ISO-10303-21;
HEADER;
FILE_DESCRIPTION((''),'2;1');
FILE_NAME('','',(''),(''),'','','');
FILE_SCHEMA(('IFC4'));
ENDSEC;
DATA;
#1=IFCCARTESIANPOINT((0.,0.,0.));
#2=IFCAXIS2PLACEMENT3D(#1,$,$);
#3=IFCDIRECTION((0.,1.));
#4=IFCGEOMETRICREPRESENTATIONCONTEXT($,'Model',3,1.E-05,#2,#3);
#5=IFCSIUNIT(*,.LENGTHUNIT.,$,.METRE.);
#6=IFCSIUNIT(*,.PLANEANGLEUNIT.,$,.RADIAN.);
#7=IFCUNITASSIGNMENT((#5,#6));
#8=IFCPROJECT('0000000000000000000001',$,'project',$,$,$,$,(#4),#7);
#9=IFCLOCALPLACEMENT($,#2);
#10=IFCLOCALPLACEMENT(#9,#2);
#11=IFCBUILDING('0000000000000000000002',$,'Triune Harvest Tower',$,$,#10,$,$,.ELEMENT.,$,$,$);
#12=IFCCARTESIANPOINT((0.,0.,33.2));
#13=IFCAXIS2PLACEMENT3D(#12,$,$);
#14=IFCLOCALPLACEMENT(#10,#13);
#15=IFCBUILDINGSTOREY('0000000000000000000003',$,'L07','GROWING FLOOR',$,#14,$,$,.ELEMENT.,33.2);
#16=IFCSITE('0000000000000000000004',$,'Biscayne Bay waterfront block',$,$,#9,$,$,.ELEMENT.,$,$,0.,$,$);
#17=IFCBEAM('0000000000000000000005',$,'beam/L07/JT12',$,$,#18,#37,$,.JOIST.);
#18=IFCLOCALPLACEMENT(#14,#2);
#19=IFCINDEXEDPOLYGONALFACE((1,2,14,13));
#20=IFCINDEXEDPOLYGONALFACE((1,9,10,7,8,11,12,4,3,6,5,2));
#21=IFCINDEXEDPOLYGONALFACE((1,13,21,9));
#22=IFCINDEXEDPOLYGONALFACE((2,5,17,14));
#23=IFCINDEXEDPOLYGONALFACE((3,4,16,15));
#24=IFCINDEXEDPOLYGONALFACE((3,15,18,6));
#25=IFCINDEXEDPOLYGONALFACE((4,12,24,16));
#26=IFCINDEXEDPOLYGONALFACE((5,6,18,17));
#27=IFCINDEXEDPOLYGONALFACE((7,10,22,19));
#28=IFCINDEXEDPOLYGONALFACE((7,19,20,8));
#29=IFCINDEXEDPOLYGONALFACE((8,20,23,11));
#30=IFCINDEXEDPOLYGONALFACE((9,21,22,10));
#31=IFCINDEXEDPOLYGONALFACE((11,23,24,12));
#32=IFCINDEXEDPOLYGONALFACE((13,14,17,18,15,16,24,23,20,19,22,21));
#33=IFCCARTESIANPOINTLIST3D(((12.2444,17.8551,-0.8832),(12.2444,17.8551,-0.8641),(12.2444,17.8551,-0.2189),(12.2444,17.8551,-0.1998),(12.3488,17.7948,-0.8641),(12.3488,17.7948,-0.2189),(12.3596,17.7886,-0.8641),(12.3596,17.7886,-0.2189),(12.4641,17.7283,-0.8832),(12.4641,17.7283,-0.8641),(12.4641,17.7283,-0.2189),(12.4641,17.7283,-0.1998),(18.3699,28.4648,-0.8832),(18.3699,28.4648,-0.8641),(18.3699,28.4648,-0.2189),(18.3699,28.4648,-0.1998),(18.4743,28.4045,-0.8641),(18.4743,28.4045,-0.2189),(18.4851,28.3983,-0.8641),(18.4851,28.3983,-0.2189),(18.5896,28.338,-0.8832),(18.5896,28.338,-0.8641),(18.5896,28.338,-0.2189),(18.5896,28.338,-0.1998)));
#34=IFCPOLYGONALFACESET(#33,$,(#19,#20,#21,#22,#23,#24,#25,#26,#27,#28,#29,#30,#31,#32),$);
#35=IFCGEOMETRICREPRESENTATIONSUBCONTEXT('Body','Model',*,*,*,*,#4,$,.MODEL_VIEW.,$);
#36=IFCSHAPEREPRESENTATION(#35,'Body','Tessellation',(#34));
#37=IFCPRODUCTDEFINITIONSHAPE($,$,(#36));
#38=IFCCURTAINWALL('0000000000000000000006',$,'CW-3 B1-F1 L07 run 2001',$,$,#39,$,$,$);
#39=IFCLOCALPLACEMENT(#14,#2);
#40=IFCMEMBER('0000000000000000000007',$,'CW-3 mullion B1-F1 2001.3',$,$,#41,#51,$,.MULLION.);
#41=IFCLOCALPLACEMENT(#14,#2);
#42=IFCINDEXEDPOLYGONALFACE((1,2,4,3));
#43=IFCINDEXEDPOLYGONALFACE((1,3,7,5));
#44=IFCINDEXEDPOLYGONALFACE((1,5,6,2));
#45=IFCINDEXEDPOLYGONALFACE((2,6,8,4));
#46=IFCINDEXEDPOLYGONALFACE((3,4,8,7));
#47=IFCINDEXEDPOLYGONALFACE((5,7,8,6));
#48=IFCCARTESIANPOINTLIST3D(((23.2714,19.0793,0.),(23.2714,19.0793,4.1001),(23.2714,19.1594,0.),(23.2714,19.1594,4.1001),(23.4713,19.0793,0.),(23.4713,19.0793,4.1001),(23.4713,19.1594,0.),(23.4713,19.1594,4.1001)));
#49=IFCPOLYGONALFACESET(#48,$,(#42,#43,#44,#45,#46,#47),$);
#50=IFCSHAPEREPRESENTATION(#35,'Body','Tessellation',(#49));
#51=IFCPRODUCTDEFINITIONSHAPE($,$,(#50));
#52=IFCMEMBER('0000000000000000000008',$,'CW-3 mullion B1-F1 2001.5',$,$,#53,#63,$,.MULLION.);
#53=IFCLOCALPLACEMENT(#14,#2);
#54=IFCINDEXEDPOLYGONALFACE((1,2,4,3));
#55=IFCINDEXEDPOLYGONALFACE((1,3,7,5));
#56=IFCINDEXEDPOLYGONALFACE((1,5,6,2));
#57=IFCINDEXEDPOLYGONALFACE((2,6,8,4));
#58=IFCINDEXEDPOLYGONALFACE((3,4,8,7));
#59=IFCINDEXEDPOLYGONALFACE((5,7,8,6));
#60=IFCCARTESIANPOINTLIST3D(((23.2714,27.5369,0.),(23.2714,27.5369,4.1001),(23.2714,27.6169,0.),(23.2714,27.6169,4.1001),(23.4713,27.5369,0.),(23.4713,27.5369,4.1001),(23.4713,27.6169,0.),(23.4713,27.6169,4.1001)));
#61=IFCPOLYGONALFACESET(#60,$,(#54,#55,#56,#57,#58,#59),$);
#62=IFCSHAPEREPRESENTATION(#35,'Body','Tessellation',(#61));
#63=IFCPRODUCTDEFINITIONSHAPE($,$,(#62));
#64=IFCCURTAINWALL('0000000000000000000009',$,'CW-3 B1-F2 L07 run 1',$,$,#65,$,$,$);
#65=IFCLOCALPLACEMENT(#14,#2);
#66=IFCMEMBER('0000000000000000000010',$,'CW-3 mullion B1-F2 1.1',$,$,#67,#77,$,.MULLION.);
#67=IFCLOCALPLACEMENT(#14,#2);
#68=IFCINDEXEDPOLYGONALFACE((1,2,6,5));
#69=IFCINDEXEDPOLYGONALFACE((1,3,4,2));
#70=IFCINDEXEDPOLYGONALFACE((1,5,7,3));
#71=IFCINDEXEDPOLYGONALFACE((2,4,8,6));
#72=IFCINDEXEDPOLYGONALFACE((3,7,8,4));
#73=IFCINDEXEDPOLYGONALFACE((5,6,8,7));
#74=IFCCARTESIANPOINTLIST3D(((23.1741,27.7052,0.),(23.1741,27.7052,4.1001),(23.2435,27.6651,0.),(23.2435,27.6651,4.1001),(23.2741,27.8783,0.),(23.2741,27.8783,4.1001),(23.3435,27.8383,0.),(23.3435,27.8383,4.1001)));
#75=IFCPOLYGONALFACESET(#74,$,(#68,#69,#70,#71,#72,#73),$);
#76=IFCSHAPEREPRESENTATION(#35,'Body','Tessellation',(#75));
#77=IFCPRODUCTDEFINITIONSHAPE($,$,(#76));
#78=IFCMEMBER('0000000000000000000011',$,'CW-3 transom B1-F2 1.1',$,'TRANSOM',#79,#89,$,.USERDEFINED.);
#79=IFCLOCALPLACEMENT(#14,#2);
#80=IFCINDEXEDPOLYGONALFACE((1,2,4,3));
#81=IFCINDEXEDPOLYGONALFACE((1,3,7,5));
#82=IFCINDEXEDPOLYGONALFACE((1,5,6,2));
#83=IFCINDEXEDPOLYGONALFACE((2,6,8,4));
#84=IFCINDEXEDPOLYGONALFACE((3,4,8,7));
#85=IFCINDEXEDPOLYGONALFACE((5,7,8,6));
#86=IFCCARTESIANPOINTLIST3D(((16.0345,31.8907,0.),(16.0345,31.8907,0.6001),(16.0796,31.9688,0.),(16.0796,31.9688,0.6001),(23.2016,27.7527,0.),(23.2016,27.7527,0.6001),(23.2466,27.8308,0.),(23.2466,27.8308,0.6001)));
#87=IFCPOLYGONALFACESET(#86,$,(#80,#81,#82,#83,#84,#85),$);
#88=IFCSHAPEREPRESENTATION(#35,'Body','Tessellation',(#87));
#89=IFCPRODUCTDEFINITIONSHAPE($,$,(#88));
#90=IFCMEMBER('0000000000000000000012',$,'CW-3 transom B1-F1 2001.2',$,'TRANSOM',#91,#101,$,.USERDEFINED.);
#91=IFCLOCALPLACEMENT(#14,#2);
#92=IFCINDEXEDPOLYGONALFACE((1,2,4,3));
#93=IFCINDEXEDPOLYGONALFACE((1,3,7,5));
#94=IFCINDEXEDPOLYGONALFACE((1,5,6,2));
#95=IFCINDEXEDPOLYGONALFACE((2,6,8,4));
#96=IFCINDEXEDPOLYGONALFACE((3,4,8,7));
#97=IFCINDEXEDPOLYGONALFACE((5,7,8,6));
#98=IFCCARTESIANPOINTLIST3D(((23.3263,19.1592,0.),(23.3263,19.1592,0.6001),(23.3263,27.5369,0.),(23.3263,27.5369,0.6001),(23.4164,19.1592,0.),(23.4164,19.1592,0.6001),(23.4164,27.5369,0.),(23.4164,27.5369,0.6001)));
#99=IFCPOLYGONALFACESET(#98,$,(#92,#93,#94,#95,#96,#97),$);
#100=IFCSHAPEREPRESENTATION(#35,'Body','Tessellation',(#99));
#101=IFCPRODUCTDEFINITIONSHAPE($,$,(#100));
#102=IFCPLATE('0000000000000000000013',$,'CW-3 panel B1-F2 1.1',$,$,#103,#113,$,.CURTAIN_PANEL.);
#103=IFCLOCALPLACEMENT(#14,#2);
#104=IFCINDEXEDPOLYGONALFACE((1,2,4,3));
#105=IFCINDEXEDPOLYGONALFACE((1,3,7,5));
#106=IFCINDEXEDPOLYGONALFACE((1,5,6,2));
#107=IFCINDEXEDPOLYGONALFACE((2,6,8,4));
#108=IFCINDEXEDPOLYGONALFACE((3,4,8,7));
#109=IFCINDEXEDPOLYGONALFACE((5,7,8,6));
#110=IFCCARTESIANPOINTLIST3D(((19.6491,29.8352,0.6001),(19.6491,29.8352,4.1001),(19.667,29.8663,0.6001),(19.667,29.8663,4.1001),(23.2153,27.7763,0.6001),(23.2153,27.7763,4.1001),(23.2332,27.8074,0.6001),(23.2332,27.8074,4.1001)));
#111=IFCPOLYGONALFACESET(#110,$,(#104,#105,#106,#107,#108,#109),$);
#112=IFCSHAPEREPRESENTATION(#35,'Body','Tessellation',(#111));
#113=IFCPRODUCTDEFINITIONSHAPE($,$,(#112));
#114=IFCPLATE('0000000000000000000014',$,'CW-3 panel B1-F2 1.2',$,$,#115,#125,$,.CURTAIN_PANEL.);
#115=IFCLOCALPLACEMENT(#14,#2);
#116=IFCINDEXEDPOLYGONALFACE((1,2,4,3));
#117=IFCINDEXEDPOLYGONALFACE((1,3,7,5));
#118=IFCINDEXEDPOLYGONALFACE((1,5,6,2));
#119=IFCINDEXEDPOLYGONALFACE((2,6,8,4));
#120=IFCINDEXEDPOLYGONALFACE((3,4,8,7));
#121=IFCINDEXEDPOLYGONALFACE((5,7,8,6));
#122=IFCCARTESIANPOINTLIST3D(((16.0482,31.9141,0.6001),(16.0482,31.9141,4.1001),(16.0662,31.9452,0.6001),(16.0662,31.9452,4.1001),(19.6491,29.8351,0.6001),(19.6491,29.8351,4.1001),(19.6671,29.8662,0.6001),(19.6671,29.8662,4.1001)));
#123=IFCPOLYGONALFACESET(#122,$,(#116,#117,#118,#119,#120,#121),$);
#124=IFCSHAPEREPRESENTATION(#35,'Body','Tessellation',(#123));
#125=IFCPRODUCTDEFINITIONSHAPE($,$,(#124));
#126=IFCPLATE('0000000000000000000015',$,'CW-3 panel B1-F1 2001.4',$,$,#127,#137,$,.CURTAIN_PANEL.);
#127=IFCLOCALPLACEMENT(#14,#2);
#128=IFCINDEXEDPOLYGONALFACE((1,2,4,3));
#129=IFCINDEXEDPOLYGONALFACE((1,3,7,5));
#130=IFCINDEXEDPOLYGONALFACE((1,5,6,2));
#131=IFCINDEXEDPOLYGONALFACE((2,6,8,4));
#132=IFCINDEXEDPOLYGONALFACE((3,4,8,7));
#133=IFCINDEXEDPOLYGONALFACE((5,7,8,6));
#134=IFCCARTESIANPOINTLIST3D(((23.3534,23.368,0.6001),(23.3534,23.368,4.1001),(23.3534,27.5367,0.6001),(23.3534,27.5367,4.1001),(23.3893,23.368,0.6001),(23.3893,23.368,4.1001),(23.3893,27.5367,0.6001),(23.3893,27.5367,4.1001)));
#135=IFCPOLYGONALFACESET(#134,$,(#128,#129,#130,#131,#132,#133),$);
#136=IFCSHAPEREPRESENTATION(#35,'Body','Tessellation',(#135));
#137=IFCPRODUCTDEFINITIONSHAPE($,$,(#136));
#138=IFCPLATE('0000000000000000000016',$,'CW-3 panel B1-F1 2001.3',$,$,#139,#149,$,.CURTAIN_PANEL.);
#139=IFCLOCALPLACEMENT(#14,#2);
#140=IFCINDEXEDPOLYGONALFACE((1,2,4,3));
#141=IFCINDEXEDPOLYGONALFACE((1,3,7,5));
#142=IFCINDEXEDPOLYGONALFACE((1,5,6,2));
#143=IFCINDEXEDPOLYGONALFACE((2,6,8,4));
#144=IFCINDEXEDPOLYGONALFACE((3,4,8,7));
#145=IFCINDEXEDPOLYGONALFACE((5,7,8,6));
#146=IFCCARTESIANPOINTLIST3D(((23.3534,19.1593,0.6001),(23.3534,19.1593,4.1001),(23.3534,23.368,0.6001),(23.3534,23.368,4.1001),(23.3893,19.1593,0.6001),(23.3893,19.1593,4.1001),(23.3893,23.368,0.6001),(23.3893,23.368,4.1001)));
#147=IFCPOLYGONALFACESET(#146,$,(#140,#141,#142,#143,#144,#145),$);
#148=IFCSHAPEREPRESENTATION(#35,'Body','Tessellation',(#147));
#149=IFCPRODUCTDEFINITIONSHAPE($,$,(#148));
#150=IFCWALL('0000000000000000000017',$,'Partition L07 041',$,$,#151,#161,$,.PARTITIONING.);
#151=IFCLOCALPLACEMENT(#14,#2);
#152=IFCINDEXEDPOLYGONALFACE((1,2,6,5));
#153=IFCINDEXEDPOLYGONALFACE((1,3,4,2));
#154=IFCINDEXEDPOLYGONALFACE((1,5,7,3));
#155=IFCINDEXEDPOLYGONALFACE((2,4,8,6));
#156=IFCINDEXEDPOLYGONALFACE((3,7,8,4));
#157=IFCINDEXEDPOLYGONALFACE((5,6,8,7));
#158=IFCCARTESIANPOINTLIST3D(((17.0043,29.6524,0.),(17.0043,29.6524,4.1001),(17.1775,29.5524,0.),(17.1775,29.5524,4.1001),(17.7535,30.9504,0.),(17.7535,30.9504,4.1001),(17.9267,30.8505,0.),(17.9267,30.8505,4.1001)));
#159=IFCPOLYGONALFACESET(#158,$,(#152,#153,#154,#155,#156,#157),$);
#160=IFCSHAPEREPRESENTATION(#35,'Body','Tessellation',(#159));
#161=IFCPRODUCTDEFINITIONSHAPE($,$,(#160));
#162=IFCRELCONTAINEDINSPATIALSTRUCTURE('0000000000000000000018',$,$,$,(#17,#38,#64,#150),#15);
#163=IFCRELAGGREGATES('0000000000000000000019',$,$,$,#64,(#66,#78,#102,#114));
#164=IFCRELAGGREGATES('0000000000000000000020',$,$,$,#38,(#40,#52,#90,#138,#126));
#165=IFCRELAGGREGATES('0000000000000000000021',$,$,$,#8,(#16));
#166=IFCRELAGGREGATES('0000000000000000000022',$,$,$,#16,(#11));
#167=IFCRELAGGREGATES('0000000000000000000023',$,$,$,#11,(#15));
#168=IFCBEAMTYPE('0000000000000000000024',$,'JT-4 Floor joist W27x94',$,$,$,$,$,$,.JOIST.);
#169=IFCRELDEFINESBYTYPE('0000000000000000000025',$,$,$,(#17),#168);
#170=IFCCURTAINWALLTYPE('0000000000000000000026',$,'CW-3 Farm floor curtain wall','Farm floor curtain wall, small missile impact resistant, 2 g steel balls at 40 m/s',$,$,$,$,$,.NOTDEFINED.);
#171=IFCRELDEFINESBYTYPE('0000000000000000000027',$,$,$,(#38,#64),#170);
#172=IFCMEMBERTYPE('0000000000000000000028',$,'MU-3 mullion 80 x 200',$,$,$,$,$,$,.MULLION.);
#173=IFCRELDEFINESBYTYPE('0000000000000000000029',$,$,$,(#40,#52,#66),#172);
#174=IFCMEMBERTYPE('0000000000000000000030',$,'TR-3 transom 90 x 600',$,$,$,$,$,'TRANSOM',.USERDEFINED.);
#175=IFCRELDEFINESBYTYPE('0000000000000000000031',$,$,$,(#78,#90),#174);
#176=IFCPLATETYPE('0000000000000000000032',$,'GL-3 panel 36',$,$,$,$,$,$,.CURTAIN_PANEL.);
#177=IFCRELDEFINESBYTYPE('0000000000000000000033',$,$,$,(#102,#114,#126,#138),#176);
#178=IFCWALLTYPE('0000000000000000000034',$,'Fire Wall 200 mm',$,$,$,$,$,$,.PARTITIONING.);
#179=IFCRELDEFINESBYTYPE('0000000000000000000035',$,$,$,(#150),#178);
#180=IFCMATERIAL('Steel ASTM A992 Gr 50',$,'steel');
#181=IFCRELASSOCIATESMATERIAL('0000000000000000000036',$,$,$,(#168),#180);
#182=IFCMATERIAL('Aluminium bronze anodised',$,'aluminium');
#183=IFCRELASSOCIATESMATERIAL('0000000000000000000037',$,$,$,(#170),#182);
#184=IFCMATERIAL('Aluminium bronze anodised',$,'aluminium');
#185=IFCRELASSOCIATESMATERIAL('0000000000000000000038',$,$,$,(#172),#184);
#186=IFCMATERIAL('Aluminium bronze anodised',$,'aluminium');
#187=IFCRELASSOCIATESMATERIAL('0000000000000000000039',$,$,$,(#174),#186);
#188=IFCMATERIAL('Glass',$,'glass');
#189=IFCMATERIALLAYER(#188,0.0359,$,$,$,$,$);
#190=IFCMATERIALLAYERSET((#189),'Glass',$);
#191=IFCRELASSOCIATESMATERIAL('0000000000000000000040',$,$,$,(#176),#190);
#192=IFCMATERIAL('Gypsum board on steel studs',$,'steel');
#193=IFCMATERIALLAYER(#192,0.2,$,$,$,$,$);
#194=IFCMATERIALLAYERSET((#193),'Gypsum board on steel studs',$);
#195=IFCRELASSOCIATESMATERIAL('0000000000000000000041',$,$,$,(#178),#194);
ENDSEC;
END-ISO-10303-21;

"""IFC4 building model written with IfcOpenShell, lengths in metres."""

from ifc_helpers import new_model, si_unit, direction, frame, frame_2d, origin, origin_2d, place, context, subcontext, project, spatial, rectangle, i_section, extrude, source, transform, mapped, material, layer, layer_set, material_profile, profile_set, type_object, element, aggregate, save


model = new_model("IFC4")

# Units and contexts
model_context = context("Model", 3, precision=1e-05, world=origin(), true_north=direction((0.0, 1.0)))
body_context = subcontext(model_context, "Body", "Model", "MODEL_VIEW")
ifc_project = project(units=[si_unit("LENGTHUNIT", "METRE"), si_unit("PLANEANGLEUNIT", "RADIAN")], contexts=[model_context])

# Site, building, storey
site_placement = place(None, origin())
site = spatial("IfcSite", under=ifc_project, at=site_placement, Name="Biscayne Bay waterfront block", CompositionType="ELEMENT", RefElevation=0.0)
building_placement = place(site_placement, origin())
building = spatial("IfcBuilding", under=site, at=building_placement, Name="Triune Harvest Tower", CompositionType="ELEMENT")
storey_placement = place(building_placement, frame((0.0, 0.0, 33.2)))
storey = spatial("IfcBuildingStorey", under=building, at=storey_placement, Name="L07", Description="GROWING FLOOR", CompositionType="ELEMENT", Elevation=33.2)

# Beam
ifc_material_1 = material(Name="Steel ASTM A992 Gr 50", Category="steel")
ifc_material_profile_1 = material_profile(ifc_material_1, i_section(OverallWidth=0.2537, OverallDepth=0.6833, WebThickness=0.0125, FlangeThickness=0.019, at=origin_2d()), Name="W27x94")
ifc_profile_set_1 = profile_set([ifc_material_profile_1], Name="Steel ASTM A992 Gr 50")
beam_type_1 = type_object("IfcBeamType", Name="JT-4 Floor joist W27x94", PredefinedType="JOIST", material=ifc_profile_set_1)
shared_shape_1 = source(origin(), body_context, "Body", "SweptSolid", [
    extrude(i_section(OverallWidth=0.2537, OverallDepth=0.6833, WebThickness=0.0125, FlangeThickness=0.019, at=origin_2d()), origin(), (0.0, 0.0, 1.0), 12.251),
])
beam_1_placement = place(storey_placement, frame((18.4797, 28.4014, -0.5415), z_axis=(-0.500001, -0.866025, 0.0), x_axis=(0.866025, -0.500001, 0.0)))
element("IfcBeam", 1, at=beam_1_placement, inside=storey, type_object=beam_type_1, Name="beam/L07/JT12", PredefinedType="JOIST", context=body_context, shape_type="MappedRepresentation", body=[
    mapped(shared_shape_1, transform((0.0, 0.0, 0.0), scale=1.0)),
])

# Curtain walls, members
ifc_material_2 = material(Name="Aluminium bronze anodised", Category="aluminium")
curtain_wall_type = type_object("IfcCurtainWallType", Name="CW-3 Farm floor curtain wall", Description="Farm floor curtain wall, small missile impact resistant, 2 g steel balls at 40 m/s", PredefinedType="NOTDEFINED", material=ifc_material_2)
curtain_wall_1_placement = place(storey_placement, origin())
curtain_wall_1 = element("IfcCurtainWall", 2, at=curtain_wall_1_placement, inside=storey, type_object=curtain_wall_type, Name="CW-3 B1-F1 L07 run 2001")
ifc_material_3 = material(Name="Aluminium bronze anodised", Category="aluminium")
ifc_material_profile_2 = material_profile(ifc_material_3, rectangle(XDim=0.2, YDim=0.0801, at=origin_2d()), Name="MU-3 mullion 80 x 200")
ifc_profile_set_2 = profile_set([ifc_material_profile_2], Name="Aluminium bronze anodised")
member_type_1 = type_object("IfcMemberType", Name="MU-3 mullion 80 x 200", PredefinedType="MULLION", material=ifc_profile_set_2)
shared_shape_2 = source(origin(), body_context, "Body", "SweptSolid", [
    extrude(rectangle(XDim=0.2, YDim=0.0801, at=origin_2d()), origin(), (0.0, 0.0, 1.0), 4.1001),
])
member_1_placement = place(storey_placement, frame((23.3713, 19.1194, 0.0), z_axis=(0.0, 0.0, 1.0), x_axis=(-1.0, 0.0, 0.0)))
member_1 = element("IfcMember", 3, at=member_1_placement, type_object=member_type_1, Name="CW-3 mullion B1-F1 2001.3", PredefinedType="MULLION", context=body_context, shape_type="MappedRepresentation", body=[
    mapped(shared_shape_2, transform((0.0, 0.0, 0.0), scale=1.0)),
])
member_2_placement = place(storey_placement, frame((23.3713, 27.5769, 0.0), z_axis=(0.0, 0.0, 1.0), x_axis=(-1.0, 0.0, 0.0)))
member_2 = element("IfcMember", 4, at=member_2_placement, type_object=member_type_1, Name="CW-3 mullion B1-F1 2001.5", PredefinedType="MULLION", context=body_context, shape_type="MappedRepresentation", body=[
    mapped(shared_shape_2, transform((0.0, 0.0, 0.0), scale=1.0)),
])
curtain_wall_2_placement = place(storey_placement, origin())
curtain_wall_2 = element("IfcCurtainWall", 5, at=curtain_wall_2_placement, inside=storey, type_object=curtain_wall_type, Name="CW-3 B1-F2 L07 run 1")
member_3_placement = place(storey_placement, frame((23.2588, 27.7717, 0.0), z_axis=(0.0, 0.0, 1.0), x_axis=(-0.499999, -0.866026, 0.0)))
member_3 = element("IfcMember", 6, at=member_3_placement, type_object=member_type_1, Name="CW-3 mullion B1-F2 1.1", PredefinedType="MULLION", context=body_context, shape_type="MappedRepresentation", body=[
    mapped(shared_shape_2, transform((0.0, 0.0, 0.0), scale=1.0)),
])
ifc_material_4 = material(Name="Aluminium bronze anodised", Category="aluminium")
ifc_material_profile_3 = material_profile(ifc_material_4, rectangle(XDim=0.0901, YDim=0.6001, at=origin_2d()), Name="TR-3 transom 90 x 600")
ifc_profile_set_3 = profile_set([ifc_material_profile_3], Name="Aluminium bronze anodised")
member_type_2 = type_object("IfcMemberType", Name="TR-3 transom 90 x 600", ElementType="TRANSOM", PredefinedType="USERDEFINED", material=ifc_profile_set_3)
shared_shape_3 = source(origin(), body_context, "Body", "SweptSolid", [
    extrude(rectangle(XDim=0.0901, YDim=0.6001, at=origin_2d()), origin(), (0.0, 0.0, 1.0), 8.2759),
])
member_4_placement = place(storey_placement, frame((23.2241, 27.7917, 0.3), z_axis=(-0.866022, 0.500007, 0.0), x_axis=(-0.500007, -0.866022, 0.0)))
member_4 = element("IfcMember", 7, at=member_4_placement, type_object=member_type_2, Name="CW-3 transom B1-F2 1.1", ObjectType="TRANSOM", PredefinedType="USERDEFINED", context=body_context, shape_type="MappedRepresentation", body=[
    mapped(shared_shape_3, transform((0.0, 0.0, 0.0), scale=1.0)),
])

# Member
shared_shape_4 = source(origin(), body_context, "Body", "SweptSolid", [
    extrude(rectangle(XDim=0.0901, YDim=0.6001, at=origin_2d()), origin(), (0.0, 0.0, 1.0), 8.3777),
])
member_5_placement = place(storey_placement, frame((23.3713, 19.1592, 0.3), z_axis=(0.0, 1.0, 0.0), x_axis=(-1.0, 0.0, 0.0)))
member_5 = element("IfcMember", 8, at=member_5_placement, type_object=member_type_2, Name="CW-3 transom B1-F1 2001.2", ObjectType="TRANSOM", PredefinedType="USERDEFINED", context=body_context, shape_type="MappedRepresentation", body=[
    mapped(shared_shape_4, transform((0.0, 0.0, 0.0), scale=1.0)),
])

# Plates
ifc_material_5 = material(Name="Glass", Category="glass")
ifc_layer_1 = layer(ifc_material_5, 0.0359)
ifc_layer_set_1 = layer_set([ifc_layer_1], Name="Glass")
plate_type = type_object("IfcPlateType", Name="GL-3 panel 36", PredefinedType="CURTAIN_PANEL", material=ifc_layer_set_1)
shared_shape_5 = source(origin(), body_context, "Body", "SweptSolid", [
    extrude(rectangle(XDim=4.1179, YDim=0.0359, at=origin_2d()), origin(), (0.0, 0.0, 1.0), 3.5),
])
plate_1_placement = place(storey_placement, frame((21.4412, 28.8213, 0.6001), z_axis=(0.0, 0.0, 1.0), x_axis=(-0.866026, 0.499999, 0.0)))
plate_1 = element("IfcPlate", 9, at=plate_1_placement, type_object=plate_type, Name="CW-3 panel B1-F2 1.1", PredefinedType="CURTAIN_PANEL", context=body_context, shape_type="MappedRepresentation", body=[
    mapped(shared_shape_5, transform((0.0, 0.0, 0.0), scale=1.0)),
])
shared_shape_6 = source(origin(), body_context, "Body", "SweptSolid", [
    extrude(rectangle(XDim=4.158, YDim=0.0359, at=origin_2d()), origin(), (0.0, 0.0, 1.0), 3.5),
])
plate_2_placement = place(storey_placement, frame((17.8577, 30.8901, 0.6001), z_axis=(0.0, 0.0, 1.0), x_axis=(-0.866026, 0.499999, 0.0)))
plate_2 = element("IfcPlate", 10, at=plate_2_placement, type_object=plate_type, Name="CW-3 panel B1-F2 1.2", PredefinedType="CURTAIN_PANEL", context=body_context, shape_type="MappedRepresentation", body=[
    mapped(shared_shape_6, transform((0.0, 0.0, 0.0), scale=1.0)),
])
aggregate(curtain_wall_2, [member_3, member_4, plate_1, plate_2])
shared_shape_7 = source(origin(), body_context, "Body", "SweptSolid", [
    extrude(rectangle(XDim=4.1687, YDim=0.0359, at=origin_2d()), origin(), (0.0, 0.0, 1.0), 3.5),
])
plate_3_placement = place(storey_placement, frame((23.3713, 25.4524, 0.6001), z_axis=(0.0, 0.0, 1.0), x_axis=(0.0, 1.0, 0.0)))
plate_3 = element("IfcPlate", 11, at=plate_3_placement, type_object=plate_type, Name="CW-3 panel B1-F1 2001.4", PredefinedType="CURTAIN_PANEL", context=body_context, shape_type="MappedRepresentation", body=[
    mapped(shared_shape_7, transform((0.0, 0.0, 0.0), scale=1.0)),
])
shared_shape_8 = source(origin(), body_context, "Body", "SweptSolid", [
    extrude(rectangle(XDim=4.2087, YDim=0.0359, at=origin_2d()), origin(), (0.0, 0.0, 1.0), 3.5),
])
plate_4_placement = place(storey_placement, frame((23.3713, 21.2637, 0.6001), z_axis=(0.0, 0.0, 1.0), x_axis=(0.0, 1.0, 0.0)))
plate_4 = element("IfcPlate", 12, at=plate_4_placement, type_object=plate_type, Name="CW-3 panel B1-F1 2001.3", PredefinedType="CURTAIN_PANEL", context=body_context, shape_type="MappedRepresentation", body=[
    mapped(shared_shape_8, transform((0.0, 0.0, 0.0), scale=1.0)),
])
aggregate(curtain_wall_1, [member_1, member_2, member_5, plate_4, plate_3])

# Wall
ifc_material_6 = material(Name="Gypsum board on steel studs", Category="steel")
ifc_layer_2 = layer(ifc_material_6, 0.2)
ifc_layer_set_2 = layer_set([ifc_layer_2], Name="Gypsum board on steel studs")
wall_type = type_object("IfcWallType", Name="Fire Wall 200 mm", PredefinedType="PARTITIONING", material=ifc_layer_set_2)
shared_shape_9 = source(origin(), body_context, "Body", "SweptSolid", [
    extrude(rectangle(XDim=1.4988, YDim=0.2, at=frame_2d((0.7495, 0.0))), origin(), (0.0, 0.0, 1.0), 4.1001),
])
wall_1_placement = place(storey_placement, frame((17.0908, 29.6023, 0.0), z_axis=(0.0, 0.0, 1.0), x_axis=(0.499906, 0.86608, 0.0)))
element("IfcWall", 13, at=wall_1_placement, inside=storey, type_object=wall_type, Name="Partition L07 041", PredefinedType="PARTITIONING", context=body_context, shape_type="MappedRepresentation", body=[
    mapped(shared_shape_9, transform((0.0, 0.0, 0.0), scale=1.0)),
])

save(model, "model.ifc")
